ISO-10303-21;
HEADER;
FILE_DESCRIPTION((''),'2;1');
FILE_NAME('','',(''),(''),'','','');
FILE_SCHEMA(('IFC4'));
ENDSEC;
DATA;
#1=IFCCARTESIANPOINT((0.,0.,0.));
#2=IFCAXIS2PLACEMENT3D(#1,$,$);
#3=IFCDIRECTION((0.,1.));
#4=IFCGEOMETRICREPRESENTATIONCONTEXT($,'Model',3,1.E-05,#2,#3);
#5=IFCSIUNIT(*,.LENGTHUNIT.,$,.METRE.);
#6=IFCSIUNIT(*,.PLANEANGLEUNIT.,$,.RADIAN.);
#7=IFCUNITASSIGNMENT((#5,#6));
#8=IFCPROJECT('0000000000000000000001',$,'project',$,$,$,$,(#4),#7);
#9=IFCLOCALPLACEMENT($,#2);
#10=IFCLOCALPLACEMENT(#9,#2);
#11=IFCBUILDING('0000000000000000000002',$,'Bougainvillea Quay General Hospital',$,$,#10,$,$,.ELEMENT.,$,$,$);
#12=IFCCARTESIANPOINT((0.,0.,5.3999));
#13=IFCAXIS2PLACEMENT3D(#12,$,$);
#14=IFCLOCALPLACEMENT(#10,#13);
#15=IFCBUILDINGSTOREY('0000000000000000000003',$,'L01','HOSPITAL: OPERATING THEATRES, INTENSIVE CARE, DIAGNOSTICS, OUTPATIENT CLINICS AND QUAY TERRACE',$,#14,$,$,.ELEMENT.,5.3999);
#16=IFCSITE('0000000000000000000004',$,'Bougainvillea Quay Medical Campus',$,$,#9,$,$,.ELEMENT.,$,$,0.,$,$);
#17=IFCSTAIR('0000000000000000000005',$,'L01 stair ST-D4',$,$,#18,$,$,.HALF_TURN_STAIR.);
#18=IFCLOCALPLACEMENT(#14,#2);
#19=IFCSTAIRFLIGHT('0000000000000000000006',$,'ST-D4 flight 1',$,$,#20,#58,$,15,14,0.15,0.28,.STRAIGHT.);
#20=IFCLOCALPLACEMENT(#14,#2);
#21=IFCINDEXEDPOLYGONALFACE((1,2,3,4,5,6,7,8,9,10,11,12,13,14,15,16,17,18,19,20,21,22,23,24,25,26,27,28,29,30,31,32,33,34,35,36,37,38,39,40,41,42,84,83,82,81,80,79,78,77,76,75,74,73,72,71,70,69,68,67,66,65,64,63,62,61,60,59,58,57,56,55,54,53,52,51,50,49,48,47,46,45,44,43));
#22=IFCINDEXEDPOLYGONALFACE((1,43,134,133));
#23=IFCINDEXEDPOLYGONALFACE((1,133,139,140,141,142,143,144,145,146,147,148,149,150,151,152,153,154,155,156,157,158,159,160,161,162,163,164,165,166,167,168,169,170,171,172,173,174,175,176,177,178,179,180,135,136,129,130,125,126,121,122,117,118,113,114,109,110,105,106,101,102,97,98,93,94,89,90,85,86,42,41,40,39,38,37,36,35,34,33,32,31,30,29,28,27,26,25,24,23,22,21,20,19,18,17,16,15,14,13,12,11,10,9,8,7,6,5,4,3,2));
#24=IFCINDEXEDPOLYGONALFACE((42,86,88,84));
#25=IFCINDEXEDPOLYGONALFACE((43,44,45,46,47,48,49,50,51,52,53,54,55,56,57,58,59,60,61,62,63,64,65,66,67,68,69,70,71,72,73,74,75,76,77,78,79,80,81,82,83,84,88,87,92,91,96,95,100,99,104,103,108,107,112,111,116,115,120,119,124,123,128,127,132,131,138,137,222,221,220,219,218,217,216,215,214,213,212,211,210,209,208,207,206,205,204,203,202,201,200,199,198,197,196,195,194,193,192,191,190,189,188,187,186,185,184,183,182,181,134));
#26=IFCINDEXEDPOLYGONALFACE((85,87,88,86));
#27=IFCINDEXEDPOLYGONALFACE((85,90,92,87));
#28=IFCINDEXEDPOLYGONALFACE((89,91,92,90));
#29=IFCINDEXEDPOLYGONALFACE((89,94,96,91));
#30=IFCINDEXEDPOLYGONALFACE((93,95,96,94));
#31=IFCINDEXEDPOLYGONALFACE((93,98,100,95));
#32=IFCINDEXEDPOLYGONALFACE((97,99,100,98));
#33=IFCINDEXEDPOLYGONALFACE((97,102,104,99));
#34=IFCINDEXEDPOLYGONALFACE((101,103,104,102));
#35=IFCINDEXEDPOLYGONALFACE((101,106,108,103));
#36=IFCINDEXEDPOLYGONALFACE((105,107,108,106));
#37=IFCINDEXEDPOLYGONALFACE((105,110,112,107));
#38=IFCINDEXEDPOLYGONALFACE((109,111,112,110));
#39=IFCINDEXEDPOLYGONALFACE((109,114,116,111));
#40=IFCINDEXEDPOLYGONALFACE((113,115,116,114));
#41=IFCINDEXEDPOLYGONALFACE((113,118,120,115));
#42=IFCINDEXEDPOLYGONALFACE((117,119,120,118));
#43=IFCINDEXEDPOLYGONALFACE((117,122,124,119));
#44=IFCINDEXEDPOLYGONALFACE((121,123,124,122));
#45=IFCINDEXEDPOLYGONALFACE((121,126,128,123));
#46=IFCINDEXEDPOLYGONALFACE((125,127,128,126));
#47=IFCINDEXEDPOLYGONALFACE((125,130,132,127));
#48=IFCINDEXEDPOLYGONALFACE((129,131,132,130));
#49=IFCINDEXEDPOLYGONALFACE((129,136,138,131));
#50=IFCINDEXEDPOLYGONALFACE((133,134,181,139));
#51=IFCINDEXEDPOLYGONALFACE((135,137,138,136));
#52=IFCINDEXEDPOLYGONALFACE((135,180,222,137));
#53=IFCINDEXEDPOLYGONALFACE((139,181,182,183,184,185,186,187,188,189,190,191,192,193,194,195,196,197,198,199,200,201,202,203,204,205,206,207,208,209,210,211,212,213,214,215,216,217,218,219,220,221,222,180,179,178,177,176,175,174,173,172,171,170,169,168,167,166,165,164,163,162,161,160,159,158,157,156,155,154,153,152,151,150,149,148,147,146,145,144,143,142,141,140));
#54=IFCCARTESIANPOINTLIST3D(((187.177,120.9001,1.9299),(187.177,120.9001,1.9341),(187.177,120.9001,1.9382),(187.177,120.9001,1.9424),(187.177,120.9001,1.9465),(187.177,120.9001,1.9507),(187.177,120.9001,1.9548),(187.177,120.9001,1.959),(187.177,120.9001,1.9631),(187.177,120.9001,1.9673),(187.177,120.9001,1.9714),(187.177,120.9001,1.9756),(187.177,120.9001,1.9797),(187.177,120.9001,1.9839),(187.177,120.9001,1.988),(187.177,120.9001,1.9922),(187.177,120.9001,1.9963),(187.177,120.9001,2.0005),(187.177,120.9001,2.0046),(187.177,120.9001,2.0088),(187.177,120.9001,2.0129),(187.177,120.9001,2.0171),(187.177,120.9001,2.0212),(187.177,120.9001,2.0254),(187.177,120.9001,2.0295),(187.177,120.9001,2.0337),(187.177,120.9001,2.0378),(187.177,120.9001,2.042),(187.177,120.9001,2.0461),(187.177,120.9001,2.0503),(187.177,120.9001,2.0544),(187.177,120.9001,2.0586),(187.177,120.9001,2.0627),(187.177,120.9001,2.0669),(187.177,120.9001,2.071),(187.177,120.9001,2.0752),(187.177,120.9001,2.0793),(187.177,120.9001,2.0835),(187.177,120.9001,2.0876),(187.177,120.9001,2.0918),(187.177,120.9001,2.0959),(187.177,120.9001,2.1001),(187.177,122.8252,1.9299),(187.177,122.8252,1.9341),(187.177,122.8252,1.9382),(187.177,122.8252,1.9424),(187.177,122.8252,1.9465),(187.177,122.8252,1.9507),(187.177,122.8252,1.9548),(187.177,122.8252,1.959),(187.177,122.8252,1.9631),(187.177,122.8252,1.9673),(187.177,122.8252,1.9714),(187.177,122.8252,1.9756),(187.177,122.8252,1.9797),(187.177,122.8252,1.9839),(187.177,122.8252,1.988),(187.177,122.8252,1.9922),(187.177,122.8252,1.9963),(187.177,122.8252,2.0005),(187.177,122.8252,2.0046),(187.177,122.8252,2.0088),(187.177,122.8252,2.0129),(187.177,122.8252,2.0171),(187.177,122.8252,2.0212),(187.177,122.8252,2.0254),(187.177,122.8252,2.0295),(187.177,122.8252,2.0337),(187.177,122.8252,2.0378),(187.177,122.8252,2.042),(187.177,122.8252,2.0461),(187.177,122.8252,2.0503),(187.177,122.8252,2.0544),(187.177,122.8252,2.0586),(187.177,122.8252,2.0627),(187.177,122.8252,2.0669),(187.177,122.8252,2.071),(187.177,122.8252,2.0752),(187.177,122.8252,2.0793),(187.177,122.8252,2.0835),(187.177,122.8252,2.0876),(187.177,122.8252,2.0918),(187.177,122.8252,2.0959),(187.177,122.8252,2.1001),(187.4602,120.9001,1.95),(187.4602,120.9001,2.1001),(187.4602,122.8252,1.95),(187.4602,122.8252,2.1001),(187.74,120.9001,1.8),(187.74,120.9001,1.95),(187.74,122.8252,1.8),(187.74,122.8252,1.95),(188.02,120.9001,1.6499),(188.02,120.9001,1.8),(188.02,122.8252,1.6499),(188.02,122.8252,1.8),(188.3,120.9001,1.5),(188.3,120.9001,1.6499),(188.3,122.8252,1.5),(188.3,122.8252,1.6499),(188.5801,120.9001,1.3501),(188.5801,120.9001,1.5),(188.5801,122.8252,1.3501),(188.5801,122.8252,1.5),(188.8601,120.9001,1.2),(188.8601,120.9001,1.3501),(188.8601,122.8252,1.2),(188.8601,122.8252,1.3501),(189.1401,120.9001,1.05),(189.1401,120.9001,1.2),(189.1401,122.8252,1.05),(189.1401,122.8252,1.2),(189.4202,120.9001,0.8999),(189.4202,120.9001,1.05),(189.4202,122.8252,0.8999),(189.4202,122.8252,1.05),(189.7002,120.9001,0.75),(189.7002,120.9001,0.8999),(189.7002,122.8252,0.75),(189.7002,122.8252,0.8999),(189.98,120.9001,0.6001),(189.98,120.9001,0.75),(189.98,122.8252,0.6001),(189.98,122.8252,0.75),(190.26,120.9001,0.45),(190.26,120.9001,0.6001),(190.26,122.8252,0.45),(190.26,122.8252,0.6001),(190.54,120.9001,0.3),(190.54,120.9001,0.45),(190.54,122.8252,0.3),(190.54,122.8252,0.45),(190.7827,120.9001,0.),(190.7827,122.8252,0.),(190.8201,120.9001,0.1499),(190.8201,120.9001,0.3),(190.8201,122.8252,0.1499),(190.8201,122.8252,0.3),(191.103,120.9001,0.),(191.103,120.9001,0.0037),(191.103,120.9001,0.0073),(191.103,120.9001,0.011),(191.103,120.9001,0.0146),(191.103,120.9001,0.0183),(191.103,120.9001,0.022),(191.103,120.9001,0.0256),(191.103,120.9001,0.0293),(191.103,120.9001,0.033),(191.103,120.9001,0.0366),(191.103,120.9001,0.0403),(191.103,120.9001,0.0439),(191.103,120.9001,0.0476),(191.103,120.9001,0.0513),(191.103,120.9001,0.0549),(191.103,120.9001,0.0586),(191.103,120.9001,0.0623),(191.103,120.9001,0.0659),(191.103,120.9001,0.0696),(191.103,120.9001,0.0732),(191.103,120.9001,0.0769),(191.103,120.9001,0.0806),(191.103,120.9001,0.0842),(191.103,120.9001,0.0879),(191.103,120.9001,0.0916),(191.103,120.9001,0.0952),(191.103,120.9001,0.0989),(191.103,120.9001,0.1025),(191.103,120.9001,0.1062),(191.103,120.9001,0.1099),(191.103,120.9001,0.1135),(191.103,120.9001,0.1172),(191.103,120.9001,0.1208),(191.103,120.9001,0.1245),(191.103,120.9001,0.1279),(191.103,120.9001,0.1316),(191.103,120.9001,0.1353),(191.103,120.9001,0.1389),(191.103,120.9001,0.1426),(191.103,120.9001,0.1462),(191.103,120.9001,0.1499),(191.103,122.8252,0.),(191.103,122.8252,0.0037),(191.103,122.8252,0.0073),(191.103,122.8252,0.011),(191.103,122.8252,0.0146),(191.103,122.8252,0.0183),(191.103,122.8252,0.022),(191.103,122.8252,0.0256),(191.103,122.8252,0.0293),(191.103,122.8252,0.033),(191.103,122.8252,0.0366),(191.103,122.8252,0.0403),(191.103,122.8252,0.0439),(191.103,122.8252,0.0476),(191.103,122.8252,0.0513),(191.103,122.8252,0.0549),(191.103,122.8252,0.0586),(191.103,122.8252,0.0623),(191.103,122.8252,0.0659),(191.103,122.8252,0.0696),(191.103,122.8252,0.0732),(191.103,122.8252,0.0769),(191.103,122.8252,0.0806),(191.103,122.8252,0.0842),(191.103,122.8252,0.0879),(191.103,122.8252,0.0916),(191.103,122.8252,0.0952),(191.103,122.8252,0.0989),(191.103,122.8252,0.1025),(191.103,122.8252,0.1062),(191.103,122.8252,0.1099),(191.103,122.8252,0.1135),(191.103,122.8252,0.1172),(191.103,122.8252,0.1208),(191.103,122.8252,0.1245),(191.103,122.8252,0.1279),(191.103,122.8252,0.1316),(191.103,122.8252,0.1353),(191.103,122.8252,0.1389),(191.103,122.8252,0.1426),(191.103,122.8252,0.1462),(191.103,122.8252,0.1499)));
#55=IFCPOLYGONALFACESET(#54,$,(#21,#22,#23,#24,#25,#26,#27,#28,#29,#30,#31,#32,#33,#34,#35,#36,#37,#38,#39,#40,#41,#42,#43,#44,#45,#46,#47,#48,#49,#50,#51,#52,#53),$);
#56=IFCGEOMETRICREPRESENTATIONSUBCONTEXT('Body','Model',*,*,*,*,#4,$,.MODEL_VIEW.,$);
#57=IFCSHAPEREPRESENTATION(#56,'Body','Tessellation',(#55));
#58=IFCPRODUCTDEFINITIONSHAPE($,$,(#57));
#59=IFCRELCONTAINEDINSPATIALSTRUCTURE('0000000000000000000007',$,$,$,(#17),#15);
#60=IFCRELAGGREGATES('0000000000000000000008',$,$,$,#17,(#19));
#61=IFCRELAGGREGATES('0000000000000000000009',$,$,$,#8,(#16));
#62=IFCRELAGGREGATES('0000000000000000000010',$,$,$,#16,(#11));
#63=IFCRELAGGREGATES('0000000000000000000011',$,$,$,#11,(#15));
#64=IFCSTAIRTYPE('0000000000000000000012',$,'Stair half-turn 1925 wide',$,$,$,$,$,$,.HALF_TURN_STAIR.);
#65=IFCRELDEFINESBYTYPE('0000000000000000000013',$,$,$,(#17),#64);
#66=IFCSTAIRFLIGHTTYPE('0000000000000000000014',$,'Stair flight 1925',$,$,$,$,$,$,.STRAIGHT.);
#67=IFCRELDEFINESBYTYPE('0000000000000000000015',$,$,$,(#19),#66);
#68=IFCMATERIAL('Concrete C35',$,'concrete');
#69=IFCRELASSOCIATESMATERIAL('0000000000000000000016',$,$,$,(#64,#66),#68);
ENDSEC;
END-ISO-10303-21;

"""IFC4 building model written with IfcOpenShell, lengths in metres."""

from ifc_helpers import new_model, si_unit, direction, frame, origin, place, context, subcontext, project, spatial, polyline, outline, extrude, material, type_object, element, aggregate, save


model = new_model("IFC4")

# Units and contexts
model_context = context("Model", 3, precision=1e-05, world=origin(), true_north=direction((0.0, 1.0)))
body_context = subcontext(model_context, "Body", "Model", "MODEL_VIEW")
ifc_project = project(units=[si_unit("LENGTHUNIT", "METRE"), si_unit("PLANEANGLEUNIT", "RADIAN")], contexts=[model_context])

# Site, building, storey
site_placement = place(None, origin())
site = spatial("IfcSite", under=ifc_project, at=site_placement, Name="Bougainvillea Quay Medical Campus", CompositionType="ELEMENT", RefElevation=0.0)
building_placement = place(site_placement, origin())
building = spatial("IfcBuilding", under=site, at=building_placement, Name="Bougainvillea Quay General Hospital", CompositionType="ELEMENT")
storey_placement = place(building_placement, frame((0.0, 0.0, 5.3999)))
storey = spatial("IfcBuildingStorey", under=building, at=storey_placement, Name="L01", Description="HOSPITAL: OPERATING THEATRES, INTENSIVE CARE, DIAGNOSTICS, OUTPATIENT CLINICS AND QUAY TERRACE", CompositionType="ELEMENT", Elevation=5.3999)

# Stair, stair flight
ifc_material_1 = material(Name="Concrete C35", Category="concrete")
stair_type = type_object("IfcStairType", Name="Stair half-turn 1925 wide", PredefinedType="HALF_TURN_STAIR", material=ifc_material_1)
stair_placement = place(storey_placement, origin())
stair = element("IfcStair", 1, at=stair_placement, inside=storey, type_object=stair_type, Name="L01 stair ST-D4", PredefinedType="HALF_TURN_STAIR")
stair_flight_type = type_object("IfcStairFlightType", Name="Stair flight 1925", PredefinedType="STRAIGHT", material=ifc_material_1)
stair_flight_placement = place(storey_placement, frame((191.1001, 121.8625, 0.0), z_axis=(0.0, 0.0, 1.0), x_axis=(-1.0, 0.0, 0.0)))
stair_flight = element("IfcStairFlight", 2, at=stair_flight_placement, type_object=stair_flight_type, Name="ST-D4 flight 1", NumberOfRisers=15, NumberOfTreads=14, PredefinedType="STRAIGHT", RiserHeight=0.15, TreadLength=0.28, context=body_context, shape_type="SweptSolid", body=[
    extrude(outline(polyline([(-0.0029, 0.0), (-0.0029, 0.0037), (-0.0029, 0.0073), (-0.0029, 0.011), (-0.0029, 0.0146), (-0.0029, 0.0183), (-0.0029, 0.022), (-0.0029, 0.0256), (-0.0029, 0.0293), (-0.0029, 0.033), (-0.0029, 0.0366), (-0.0029, 0.0403), (-0.0029, 0.0439), (-0.0029, 0.0476), (-0.0029, 0.0513), (-0.0029, 0.0549), (-0.0029, 0.0586), (-0.0029, 0.0623), (-0.0029, 0.0659), (-0.0029, 0.0696), (-0.0029, 0.0732), (-0.0029, 0.0769), (-0.0029, 0.0806), (-0.0029, 0.0842), (-0.0029, 0.0879), (-0.0029, 0.0916), (-0.0029, 0.0952), (-0.0029, 0.0989), (-0.0029, 0.1025), (-0.0029, 0.1062), (-0.0029, 0.1099), (-0.0029, 0.1135), (-0.0029, 0.1172), (-0.0029, 0.1208), (-0.0029, 0.1245), (-0.0029, 0.1279), (-0.0029, 0.1316), (-0.0029, 0.1353), (-0.0029, 0.1389), (-0.0029, 0.1426), (-0.0029, 0.1462), (-0.0029, 0.1499), (0.28, 0.1499), (0.28, 0.3), (0.5601, 0.3), (0.5601, 0.45), (0.8401, 0.45), (0.8401, 0.6001), (1.1201, 0.6001), (1.1201, 0.75), (1.3999, 0.75), (1.3999, 0.8999), (1.6799, 0.8999), (1.6799, 1.05), (1.96, 1.05), (1.96, 1.2), (2.24, 1.2), (2.24, 1.3501), (2.52, 1.3501), (2.52, 1.5), (2.8, 1.5), (2.8, 1.6499), (3.0801, 1.6499), (3.0801, 1.8), (3.3601, 1.8), (3.3601, 1.95), (3.6399, 1.95), (3.6399, 2.1001), (3.9231, 2.1001), (3.9231, 2.0959), (3.9231, 2.0918), (3.9231, 2.0876), (3.9231, 2.0835), (3.9231, 2.0793), (3.9231, 2.0752), (3.9231, 2.071), (3.9231, 2.0669), (3.9231, 2.0627), (3.9231, 2.0586), (3.9231, 2.0544), (3.9231, 2.0503), (3.9231, 2.0461), (3.9231, 2.042), (3.9231, 2.0378), (3.9231, 2.0337), (3.9231, 2.0295), (3.9231, 2.0254), (3.9231, 2.0212), (3.9231, 2.0171), (3.9231, 2.0129), (3.9231, 2.0088), (3.9231, 2.0046), (3.9231, 2.0005), (3.9231, 1.9963), (3.9231, 1.9922), (3.9231, 1.988), (3.9231, 1.9839), (3.9231, 1.9797), (3.9231, 1.9756), (3.9231, 1.9714), (3.9231, 1.9673), (3.9231, 1.9631), (3.9231, 1.959), (3.9231, 1.9548), (3.9231, 1.9507), (3.9231, 1.9465), (3.9231, 1.9424), (3.9231, 1.9382), (3.9231, 1.9341), (3.9231, 1.9299), (0.3174, 0.0), (-0.0029, 0.0)])), frame((0.0, 0.9624, 0.0), z_axis=(0.0, -1.0, 0.0), x_axis=(1.0, 0.0, 0.0)), (0.0, 0.0, 1.0), 1.925),
])
aggregate(stair, [stair_flight])

save(model, "model.ifc")
